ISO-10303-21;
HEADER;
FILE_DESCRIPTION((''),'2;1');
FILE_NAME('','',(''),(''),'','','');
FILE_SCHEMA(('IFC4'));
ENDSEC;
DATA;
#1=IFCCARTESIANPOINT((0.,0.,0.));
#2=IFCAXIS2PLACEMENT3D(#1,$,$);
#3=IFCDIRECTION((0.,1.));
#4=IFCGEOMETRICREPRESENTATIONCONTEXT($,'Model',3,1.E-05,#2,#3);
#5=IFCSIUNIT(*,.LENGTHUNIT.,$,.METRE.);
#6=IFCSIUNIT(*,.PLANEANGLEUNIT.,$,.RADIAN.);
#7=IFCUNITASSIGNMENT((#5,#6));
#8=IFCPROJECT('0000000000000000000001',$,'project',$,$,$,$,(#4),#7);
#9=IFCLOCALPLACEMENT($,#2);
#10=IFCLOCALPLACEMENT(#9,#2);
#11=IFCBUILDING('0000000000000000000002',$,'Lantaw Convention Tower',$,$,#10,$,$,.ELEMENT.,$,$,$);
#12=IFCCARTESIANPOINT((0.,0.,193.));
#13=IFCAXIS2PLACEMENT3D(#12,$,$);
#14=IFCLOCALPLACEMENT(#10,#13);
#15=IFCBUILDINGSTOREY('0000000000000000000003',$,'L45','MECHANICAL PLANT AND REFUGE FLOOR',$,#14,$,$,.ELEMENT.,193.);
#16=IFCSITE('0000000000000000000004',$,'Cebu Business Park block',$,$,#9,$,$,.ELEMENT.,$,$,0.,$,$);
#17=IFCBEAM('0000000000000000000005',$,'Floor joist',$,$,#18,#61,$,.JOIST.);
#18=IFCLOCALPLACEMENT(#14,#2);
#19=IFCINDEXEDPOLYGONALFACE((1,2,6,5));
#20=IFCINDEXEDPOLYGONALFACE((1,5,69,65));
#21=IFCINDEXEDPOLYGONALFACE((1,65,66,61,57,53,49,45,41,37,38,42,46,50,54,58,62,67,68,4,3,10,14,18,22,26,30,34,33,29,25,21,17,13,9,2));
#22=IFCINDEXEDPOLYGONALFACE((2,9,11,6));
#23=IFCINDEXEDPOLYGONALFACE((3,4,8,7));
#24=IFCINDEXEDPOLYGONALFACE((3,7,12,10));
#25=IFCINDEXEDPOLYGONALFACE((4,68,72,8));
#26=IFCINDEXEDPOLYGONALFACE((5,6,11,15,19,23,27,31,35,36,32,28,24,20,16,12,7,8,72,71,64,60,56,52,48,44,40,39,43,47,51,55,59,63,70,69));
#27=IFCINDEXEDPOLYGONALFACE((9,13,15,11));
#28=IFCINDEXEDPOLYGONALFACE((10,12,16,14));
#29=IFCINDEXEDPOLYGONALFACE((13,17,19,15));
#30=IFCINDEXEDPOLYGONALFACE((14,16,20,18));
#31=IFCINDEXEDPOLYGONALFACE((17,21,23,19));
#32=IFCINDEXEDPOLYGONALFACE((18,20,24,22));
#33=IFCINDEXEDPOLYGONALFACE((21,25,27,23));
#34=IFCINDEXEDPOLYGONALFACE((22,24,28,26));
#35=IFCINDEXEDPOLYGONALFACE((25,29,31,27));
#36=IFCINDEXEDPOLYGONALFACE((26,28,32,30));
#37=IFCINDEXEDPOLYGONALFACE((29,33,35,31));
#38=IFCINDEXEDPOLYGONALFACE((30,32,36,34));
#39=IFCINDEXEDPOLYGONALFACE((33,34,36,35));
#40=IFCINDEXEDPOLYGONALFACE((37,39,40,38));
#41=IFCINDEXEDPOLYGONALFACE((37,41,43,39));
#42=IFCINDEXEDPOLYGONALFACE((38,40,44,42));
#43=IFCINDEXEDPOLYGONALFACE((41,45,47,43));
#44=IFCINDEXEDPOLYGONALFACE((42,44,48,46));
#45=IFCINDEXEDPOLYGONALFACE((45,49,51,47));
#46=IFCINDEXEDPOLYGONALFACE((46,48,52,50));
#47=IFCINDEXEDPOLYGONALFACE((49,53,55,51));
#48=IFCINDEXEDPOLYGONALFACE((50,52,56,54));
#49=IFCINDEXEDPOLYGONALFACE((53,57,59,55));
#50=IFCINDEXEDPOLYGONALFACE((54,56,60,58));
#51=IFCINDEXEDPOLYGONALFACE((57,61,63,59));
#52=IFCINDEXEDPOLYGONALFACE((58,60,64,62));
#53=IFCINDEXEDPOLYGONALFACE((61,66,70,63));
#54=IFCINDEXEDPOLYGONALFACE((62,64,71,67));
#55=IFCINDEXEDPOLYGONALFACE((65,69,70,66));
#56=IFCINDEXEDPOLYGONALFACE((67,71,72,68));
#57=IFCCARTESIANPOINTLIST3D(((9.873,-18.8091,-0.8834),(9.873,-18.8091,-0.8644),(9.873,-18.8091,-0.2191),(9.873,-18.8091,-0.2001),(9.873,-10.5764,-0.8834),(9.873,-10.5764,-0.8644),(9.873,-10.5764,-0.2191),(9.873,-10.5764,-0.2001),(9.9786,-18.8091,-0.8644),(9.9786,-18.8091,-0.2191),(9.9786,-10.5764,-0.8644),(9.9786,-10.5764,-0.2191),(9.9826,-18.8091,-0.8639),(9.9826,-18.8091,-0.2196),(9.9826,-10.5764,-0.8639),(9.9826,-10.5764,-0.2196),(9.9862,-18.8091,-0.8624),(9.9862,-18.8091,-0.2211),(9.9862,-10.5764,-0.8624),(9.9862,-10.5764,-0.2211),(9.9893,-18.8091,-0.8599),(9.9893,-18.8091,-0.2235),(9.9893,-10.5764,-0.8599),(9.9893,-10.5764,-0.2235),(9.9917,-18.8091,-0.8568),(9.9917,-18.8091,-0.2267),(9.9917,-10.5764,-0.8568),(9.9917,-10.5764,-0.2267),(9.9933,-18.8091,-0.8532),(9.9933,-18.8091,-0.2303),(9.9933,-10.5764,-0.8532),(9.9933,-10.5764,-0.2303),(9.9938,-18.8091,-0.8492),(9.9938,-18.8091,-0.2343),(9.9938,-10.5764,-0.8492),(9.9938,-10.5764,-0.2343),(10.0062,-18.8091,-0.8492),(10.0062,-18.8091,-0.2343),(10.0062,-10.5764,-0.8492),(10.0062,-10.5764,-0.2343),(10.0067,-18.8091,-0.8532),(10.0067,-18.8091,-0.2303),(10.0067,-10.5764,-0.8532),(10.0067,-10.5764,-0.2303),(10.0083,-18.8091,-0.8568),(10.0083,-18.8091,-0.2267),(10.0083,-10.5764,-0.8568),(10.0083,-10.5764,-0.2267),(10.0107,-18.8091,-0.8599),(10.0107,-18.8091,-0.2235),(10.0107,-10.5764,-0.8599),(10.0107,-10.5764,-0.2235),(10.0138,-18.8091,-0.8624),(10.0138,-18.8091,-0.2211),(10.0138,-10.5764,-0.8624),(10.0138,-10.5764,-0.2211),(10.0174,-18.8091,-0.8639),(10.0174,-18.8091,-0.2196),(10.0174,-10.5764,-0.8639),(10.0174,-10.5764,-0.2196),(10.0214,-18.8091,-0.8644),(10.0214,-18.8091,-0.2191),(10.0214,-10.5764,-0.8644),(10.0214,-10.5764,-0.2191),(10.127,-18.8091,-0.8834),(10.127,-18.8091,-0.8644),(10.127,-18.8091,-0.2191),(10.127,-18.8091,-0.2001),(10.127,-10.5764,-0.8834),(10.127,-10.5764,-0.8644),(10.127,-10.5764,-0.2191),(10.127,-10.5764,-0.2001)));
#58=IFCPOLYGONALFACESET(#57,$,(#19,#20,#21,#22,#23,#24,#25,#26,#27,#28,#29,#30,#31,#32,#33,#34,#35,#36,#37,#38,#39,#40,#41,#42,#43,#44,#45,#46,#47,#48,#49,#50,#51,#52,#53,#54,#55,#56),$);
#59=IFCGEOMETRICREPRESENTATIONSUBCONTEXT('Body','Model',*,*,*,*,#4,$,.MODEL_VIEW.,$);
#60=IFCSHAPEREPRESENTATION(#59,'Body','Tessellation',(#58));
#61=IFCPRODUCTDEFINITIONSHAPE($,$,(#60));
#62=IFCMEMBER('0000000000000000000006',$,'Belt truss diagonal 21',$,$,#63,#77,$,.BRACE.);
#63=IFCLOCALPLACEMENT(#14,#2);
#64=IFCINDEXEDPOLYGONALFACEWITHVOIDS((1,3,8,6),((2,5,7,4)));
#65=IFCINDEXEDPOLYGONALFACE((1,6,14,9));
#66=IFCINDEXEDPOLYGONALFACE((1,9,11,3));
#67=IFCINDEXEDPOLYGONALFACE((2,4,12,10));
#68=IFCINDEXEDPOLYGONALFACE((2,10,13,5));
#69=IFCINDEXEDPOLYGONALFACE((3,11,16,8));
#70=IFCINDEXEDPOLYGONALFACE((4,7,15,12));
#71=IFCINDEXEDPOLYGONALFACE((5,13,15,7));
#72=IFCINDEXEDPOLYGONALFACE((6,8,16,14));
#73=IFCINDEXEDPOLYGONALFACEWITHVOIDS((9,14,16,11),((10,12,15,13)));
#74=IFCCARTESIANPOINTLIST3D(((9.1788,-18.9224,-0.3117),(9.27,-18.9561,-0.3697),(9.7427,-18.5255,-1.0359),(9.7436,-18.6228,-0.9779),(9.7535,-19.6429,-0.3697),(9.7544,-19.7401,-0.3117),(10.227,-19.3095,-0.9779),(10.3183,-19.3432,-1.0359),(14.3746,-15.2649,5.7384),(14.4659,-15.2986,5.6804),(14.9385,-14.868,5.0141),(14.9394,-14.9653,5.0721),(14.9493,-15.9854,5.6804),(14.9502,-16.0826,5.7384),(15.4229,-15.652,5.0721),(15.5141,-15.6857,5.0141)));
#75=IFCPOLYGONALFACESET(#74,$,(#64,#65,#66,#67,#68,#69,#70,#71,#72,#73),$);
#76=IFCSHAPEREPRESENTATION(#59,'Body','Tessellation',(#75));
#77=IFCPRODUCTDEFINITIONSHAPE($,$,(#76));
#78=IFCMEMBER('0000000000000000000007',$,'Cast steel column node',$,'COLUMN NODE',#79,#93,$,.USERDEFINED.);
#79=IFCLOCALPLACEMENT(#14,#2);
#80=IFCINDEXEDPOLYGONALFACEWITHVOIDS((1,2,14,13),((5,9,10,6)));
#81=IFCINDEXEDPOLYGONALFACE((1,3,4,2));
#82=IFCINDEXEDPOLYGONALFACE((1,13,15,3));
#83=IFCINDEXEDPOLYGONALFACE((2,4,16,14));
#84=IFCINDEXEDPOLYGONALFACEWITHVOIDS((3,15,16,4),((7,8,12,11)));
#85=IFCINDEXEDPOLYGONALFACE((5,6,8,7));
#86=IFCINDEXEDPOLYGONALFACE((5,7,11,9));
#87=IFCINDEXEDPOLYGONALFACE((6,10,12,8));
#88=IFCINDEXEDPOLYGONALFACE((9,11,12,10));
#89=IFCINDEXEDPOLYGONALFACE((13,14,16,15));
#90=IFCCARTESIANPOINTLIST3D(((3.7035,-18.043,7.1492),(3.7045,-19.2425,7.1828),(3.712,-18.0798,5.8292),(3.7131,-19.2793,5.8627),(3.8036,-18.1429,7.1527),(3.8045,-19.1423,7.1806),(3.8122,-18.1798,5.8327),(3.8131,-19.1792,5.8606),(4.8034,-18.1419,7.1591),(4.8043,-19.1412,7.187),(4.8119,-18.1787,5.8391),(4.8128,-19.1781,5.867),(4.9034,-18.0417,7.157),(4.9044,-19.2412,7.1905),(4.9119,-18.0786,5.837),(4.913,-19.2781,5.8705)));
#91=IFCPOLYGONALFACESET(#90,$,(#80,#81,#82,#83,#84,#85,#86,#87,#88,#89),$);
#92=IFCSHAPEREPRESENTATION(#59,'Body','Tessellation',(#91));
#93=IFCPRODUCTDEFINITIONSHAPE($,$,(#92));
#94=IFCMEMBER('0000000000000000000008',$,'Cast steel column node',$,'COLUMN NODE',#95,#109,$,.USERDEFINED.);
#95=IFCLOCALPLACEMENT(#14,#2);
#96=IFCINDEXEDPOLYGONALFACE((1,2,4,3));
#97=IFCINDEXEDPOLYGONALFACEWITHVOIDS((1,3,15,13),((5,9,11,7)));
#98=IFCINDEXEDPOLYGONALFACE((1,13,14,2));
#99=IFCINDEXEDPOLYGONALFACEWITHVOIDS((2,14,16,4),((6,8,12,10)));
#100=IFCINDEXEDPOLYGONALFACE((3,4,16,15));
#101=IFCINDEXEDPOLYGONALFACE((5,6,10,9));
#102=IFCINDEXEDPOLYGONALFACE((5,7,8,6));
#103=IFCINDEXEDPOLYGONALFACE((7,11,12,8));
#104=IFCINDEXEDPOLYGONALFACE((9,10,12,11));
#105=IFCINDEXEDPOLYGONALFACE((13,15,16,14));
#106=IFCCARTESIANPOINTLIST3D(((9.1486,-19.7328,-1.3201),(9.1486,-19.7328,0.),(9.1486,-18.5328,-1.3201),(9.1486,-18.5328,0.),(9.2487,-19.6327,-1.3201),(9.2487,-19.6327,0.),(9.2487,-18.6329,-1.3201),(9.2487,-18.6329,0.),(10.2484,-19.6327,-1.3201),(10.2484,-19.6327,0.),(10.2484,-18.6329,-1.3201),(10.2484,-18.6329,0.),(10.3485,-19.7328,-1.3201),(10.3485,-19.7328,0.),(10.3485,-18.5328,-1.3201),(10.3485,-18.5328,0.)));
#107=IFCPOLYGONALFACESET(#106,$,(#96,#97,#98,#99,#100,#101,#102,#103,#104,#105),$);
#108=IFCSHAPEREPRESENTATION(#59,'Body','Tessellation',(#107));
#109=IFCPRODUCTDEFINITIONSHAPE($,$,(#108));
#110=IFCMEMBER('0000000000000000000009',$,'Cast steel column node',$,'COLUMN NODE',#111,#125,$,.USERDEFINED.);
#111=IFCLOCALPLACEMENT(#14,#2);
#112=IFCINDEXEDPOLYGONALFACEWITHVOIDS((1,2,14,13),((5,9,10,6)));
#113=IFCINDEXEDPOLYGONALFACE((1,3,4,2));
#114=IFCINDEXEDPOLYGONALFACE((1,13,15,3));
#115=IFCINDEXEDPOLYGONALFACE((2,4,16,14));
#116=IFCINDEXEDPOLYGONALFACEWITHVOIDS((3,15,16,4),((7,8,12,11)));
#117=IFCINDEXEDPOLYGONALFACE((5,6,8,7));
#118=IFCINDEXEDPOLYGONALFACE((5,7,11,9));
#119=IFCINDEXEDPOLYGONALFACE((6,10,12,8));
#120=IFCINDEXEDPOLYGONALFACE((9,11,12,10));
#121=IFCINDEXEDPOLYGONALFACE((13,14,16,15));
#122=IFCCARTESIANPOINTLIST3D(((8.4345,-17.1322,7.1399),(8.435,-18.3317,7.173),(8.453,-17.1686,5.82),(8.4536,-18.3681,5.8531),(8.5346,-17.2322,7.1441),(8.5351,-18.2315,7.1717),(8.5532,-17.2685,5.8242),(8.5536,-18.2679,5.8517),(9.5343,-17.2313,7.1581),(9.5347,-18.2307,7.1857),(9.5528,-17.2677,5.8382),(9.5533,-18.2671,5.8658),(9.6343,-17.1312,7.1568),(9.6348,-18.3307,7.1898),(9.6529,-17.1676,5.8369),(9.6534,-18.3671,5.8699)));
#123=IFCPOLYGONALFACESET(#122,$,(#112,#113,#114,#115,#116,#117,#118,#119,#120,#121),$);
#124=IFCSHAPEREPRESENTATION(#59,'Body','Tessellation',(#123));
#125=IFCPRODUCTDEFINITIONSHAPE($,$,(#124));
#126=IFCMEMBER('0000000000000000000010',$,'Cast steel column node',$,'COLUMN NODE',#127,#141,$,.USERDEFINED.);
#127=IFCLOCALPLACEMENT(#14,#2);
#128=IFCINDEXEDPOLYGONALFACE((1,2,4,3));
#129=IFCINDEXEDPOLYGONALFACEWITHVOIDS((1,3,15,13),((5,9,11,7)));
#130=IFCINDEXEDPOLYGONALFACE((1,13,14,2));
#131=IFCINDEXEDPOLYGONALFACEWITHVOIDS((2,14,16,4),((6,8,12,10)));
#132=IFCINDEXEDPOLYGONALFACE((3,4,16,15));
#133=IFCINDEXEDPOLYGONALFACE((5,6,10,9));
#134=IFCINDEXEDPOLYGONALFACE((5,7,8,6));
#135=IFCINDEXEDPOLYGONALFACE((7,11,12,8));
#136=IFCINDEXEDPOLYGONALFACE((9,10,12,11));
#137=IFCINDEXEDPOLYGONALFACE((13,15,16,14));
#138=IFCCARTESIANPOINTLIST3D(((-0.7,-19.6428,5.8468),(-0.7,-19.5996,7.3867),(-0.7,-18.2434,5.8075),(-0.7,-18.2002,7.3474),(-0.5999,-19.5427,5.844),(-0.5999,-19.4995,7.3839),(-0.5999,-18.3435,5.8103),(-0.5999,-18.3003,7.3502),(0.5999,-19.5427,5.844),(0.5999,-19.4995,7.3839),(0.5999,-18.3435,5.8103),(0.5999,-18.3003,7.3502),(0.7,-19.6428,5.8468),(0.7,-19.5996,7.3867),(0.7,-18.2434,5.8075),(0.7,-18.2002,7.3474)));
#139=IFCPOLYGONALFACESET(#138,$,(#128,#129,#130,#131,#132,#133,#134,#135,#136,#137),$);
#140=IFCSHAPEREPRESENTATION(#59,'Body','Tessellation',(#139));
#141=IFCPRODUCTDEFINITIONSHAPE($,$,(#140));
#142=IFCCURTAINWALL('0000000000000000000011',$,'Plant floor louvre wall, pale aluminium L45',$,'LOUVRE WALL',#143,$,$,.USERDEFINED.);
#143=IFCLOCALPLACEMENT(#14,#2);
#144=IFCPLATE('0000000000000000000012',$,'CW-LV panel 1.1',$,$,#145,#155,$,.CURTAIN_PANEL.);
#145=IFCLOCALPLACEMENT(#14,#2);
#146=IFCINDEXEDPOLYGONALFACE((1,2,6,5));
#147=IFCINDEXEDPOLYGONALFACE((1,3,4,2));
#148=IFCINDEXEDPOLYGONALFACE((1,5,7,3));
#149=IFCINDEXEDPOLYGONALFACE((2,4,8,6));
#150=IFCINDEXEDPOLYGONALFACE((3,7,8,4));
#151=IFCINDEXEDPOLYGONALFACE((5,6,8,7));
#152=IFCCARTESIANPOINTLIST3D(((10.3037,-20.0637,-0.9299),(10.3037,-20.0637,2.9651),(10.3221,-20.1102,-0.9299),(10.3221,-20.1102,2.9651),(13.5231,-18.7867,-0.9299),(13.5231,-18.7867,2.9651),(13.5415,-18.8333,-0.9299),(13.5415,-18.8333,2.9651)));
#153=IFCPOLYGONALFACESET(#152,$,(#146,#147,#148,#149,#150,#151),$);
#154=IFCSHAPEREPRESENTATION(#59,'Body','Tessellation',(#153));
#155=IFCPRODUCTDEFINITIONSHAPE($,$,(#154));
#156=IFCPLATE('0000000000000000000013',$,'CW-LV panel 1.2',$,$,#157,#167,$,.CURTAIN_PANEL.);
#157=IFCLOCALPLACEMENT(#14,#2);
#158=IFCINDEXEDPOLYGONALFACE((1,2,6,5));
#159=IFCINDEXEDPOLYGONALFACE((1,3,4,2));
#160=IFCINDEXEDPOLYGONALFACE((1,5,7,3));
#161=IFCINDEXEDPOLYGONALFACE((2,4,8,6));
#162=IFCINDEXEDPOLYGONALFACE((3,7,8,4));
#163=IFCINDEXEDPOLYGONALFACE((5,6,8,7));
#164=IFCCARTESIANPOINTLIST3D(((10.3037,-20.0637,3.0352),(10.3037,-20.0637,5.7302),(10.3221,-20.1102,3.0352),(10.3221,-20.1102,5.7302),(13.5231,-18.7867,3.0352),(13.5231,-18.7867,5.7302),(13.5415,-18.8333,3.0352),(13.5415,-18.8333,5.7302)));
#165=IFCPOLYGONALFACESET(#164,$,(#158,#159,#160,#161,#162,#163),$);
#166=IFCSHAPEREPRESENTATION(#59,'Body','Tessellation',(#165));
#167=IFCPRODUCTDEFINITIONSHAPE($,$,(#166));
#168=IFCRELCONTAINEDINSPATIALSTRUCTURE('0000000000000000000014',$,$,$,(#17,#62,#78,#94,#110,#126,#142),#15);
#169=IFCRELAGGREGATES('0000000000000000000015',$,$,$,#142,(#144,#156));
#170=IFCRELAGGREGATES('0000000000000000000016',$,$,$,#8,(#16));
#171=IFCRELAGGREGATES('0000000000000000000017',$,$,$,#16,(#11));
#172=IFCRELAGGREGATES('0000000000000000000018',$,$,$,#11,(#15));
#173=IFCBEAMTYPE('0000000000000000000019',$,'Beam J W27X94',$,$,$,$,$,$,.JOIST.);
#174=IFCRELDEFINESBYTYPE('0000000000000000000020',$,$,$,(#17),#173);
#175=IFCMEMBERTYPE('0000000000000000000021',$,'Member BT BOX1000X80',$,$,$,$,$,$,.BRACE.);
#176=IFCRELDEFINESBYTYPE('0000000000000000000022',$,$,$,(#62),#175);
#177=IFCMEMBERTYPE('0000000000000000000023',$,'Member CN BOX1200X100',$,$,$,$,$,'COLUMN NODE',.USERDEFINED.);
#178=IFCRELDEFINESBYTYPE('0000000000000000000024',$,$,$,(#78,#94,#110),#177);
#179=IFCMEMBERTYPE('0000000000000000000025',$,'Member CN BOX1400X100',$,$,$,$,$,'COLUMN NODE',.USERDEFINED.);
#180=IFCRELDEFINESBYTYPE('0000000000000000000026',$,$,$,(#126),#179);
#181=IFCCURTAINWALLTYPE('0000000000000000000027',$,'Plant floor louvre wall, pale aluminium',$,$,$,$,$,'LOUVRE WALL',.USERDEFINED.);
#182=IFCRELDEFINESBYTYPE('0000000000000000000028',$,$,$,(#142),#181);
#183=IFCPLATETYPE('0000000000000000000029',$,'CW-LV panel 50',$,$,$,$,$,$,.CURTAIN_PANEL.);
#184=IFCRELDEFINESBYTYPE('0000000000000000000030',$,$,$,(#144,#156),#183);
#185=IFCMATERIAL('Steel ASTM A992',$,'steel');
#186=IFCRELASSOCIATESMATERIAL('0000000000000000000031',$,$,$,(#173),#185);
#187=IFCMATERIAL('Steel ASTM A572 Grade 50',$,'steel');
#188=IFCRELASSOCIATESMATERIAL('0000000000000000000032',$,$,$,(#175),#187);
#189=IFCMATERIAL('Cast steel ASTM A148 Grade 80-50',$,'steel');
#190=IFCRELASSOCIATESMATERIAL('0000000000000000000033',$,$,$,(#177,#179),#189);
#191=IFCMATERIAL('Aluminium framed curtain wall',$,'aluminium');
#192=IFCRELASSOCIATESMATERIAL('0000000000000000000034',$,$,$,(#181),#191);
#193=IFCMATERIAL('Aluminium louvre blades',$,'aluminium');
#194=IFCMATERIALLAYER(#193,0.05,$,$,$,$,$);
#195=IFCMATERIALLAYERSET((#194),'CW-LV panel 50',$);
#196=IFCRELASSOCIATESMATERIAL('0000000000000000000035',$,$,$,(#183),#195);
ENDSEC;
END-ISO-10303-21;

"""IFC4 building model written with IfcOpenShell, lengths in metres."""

from ifc_helpers import new_model, si_unit, direction, frame, origin, origin_2d, place, context, subcontext, project, spatial, rectangle, hollow_rectangle, i_section, extrude, material, layer, layer_set, material_profile, profile_set, type_object, element, aggregate, save


model = new_model("IFC4")

# Units and contexts
model_context = context("Model", 3, precision=1e-05, world=origin(), true_north=direction((0.0, 1.0)))
body_context = subcontext(model_context, "Body", "Model", "MODEL_VIEW")
ifc_project = project(units=[si_unit("LENGTHUNIT", "METRE"), si_unit("PLANEANGLEUNIT", "RADIAN")], contexts=[model_context])

# Site, building, storey
site_placement = place(None, origin())
site = spatial("IfcSite", under=ifc_project, at=site_placement, Name="Cebu Business Park block", CompositionType="ELEMENT", RefElevation=0.0)
building_placement = place(site_placement, origin())
building = spatial("IfcBuilding", under=site, at=building_placement, Name="Lantaw Convention Tower", CompositionType="ELEMENT")
storey_placement = place(building_placement, frame((0.0, 0.0, 193.0)))
storey = spatial("IfcBuildingStorey", under=building, at=storey_placement, Name="L45", Description="MECHANICAL PLANT AND REFUGE FLOOR", CompositionType="ELEMENT", Elevation=193.0)

# Beam
ifc_material_1 = material(Name="Steel ASTM A992", Category="steel")
ifc_material_profile_1 = material_profile(ifc_material_1, i_section(OverallWidth=0.2539, OverallDepth=0.6833, WebThickness=0.0125, FlangeThickness=0.019, FilletRadius=0.0151, at=origin_2d()), Name="W27X94")
ifc_profile_set_1 = profile_set([ifc_material_profile_1], Name="Steel ASTM A992")
beam_type_1 = type_object("IfcBeamType", Name="Beam J W27X94", PredefinedType="JOIST", material=ifc_profile_set_1)
beam_1_placement = place(storey_placement, frame((10.0, -18.8091, -0.5417), z_axis=(0.0, 1.0, 0.0), x_axis=(-1.0, 0.0, 0.0)))
element("IfcBeam", 1, at=beam_1_placement, inside=storey, type_object=beam_type_1, Name="Floor joist", PredefinedType="JOIST", context=body_context, shape_type="SweptSolid", body=[
    extrude(i_section(OverallWidth=0.2539, OverallDepth=0.6833, WebThickness=0.0125, FlangeThickness=0.019, FilletRadius=0.0151, at=origin_2d()), origin(), (0.0, 0.0, 1.0), 8.2327),
])

# Members
ifc_material_2 = material(Name="Steel ASTM A572 Grade 50", Category="steel")
ifc_material_profile_2 = material_profile(ifc_material_2, hollow_rectangle(XDim=1.0, YDim=1.0, WallThickness=0.0801, at=origin_2d()), Name="BOX1000X80")
ifc_profile_set_2 = profile_set([ifc_material_profile_2], Name="Steel ASTM A572 Grade 50")
member_type_1 = type_object("IfcMemberType", Name="Member BT BOX1000X80", PredefinedType="BRACE", material=ifc_profile_set_2)
member_1_placement = place(storey_placement, frame((9.7485, -19.1328, -0.6738), z_axis=(0.592207, 0.416871, 0.689572), x_axis=(-0.575616, 0.81772, 0.0)))
element("IfcMember", 2, at=member_1_placement, inside=storey, type_object=member_type_1, Name="Belt truss diagonal 21", PredefinedType="BRACE", context=body_context, shape_type="SweptSolid", body=[
    extrude(hollow_rectangle(XDim=1.0, YDim=1.0, WallThickness=0.0801, at=origin_2d()), origin(), (0.0, 0.0, 1.0), 8.7737),
])
ifc_material_3 = material(Name="Cast steel ASTM A148 Grade 80-50", Category="steel")
ifc_material_profile_3 = material_profile(ifc_material_3, hollow_rectangle(XDim=1.2, YDim=1.2, WallThickness=0.1001, at=origin_2d()), Name="BOX1200X100")
ifc_profile_set_3 = profile_set([ifc_material_profile_3], Name="Cast steel ASTM A148 Grade 80-50")
member_type_2 = type_object("IfcMemberType", Name="Member CN BOX1200X100", ElementType="COLUMN NODE", PredefinedType="USERDEFINED", material=ifc_profile_set_3)
member_2_placement = place(storey_placement, frame((4.3125, -18.679, 5.8499), z_axis=(-0.00647, 0.027915, 0.999589), x_axis=(0.999979, 0.001061, 0.006443)))
element("IfcMember", 3, at=member_2_placement, inside=storey, type_object=member_type_2, Name="Cast steel column node", ObjectType="COLUMN NODE", PredefinedType="USERDEFINED", context=body_context, shape_type="SweptSolid", body=[
    extrude(hollow_rectangle(XDim=1.2, YDim=1.2, WallThickness=0.1001, at=origin_2d()), origin(), (0.0, 0.0, 1.0), 1.3206),
])
member_3_placement = place(storey_placement, frame((9.7485, -19.1328, -1.3201), z_axis=(0.0, 0.0, 1.0), x_axis=(1.0, 0.0, 0.0)))
element("IfcMember", 4, at=member_3_placement, inside=storey, type_object=member_type_2, Name="Cast steel column node", ObjectType="COLUMN NODE", PredefinedType="USERDEFINED", context=body_context, shape_type="SweptSolid", body=[
    extrude(hollow_rectangle(XDim=1.2, YDim=1.2, WallThickness=0.1001, at=origin_2d()), origin(), (0.0, 0.0, 1.0), 1.3201),
])
member_4_placement = place(storey_placement, frame((9.0532, -17.7678, 5.845), z_axis=(-0.014052, 0.027549, 0.999522), x_axis=(0.999901, 0.000828, 0.014034)))
element("IfcMember", 5, at=member_4_placement, inside=storey, type_object=member_type_2, Name="Cast steel column node", ObjectType="COLUMN NODE", PredefinedType="USERDEFINED", context=body_context, shape_type="SweptSolid", body=[
    extrude(hollow_rectangle(XDim=1.2, YDim=1.2, WallThickness=0.1001, at=origin_2d()), origin(), (0.0, 0.0, 1.0), 1.3206),
])
ifc_material_profile_4 = material_profile(ifc_material_3, hollow_rectangle(XDim=1.3999, YDim=1.3999, WallThickness=0.1001, at=origin_2d()), Name="BOX1400X100")
ifc_profile_set_4 = profile_set([ifc_material_profile_4], Name="Cast steel ASTM A148 Grade 80-50")
member_type_3 = type_object("IfcMemberType", Name="Member CN BOX1400X100", ElementType="COLUMN NODE", PredefinedType="USERDEFINED", material=ifc_profile_set_4)
member_5_placement = place(storey_placement, frame((0.0, -18.9431, 5.8271), z_axis=(0.0, 0.028049, 0.999607), x_axis=(1.0, 0.0, 0.0)))
element("IfcMember", 6, at=member_5_placement, inside=storey, type_object=member_type_3, Name="Cast steel column node", ObjectType="COLUMN NODE", PredefinedType="USERDEFINED", context=body_context, shape_type="SweptSolid", body=[
    extrude(hollow_rectangle(XDim=1.3999, YDim=1.3999, WallThickness=0.1001, at=origin_2d()), origin(), (0.0, 0.0, 1.0), 1.5405),
])

# Curtain wall, plates
ifc_material_4 = material(Name="Aluminium framed curtain wall", Category="aluminium")
curtain_wall_type = type_object("IfcCurtainWallType", Name="Plant floor louvre wall, pale aluminium", ElementType="LOUVRE WALL", PredefinedType="USERDEFINED", material=ifc_material_4)
curtain_wall_placement = place(storey_placement, origin())
curtain_wall = element("IfcCurtainWall", 7, at=curtain_wall_placement, inside=storey, type_object=curtain_wall_type, Name="Plant floor louvre wall, pale aluminium L45", ObjectType="LOUVRE WALL", PredefinedType="USERDEFINED")
ifc_material_5 = material(Name="Aluminium louvre blades", Category="aluminium")
ifc_layer_1 = layer(ifc_material_5, 0.05)
ifc_layer_set_1 = layer_set([ifc_layer_1], Name="CW-LV panel 50")
plate_type = type_object("IfcPlateType", Name="CW-LV panel 50", PredefinedType="CURTAIN_PANEL", material=ifc_layer_set_1)
plate_1_placement = place(storey_placement, frame((11.9226, -19.4485, -0.9299), z_axis=(0.0, 0.0, 1.0), x_axis=(0.929548, 0.368702, 0.0)))
plate_1 = element("IfcPlate", 8, at=plate_1_placement, type_object=plate_type, Name="CW-LV panel 1.1", PredefinedType="CURTAIN_PANEL", context=body_context, shape_type="SweptSolid", body=[
    extrude(rectangle(XDim=3.4634, YDim=0.05, at=origin_2d()), origin(), (0.0, 0.0, 1.0), 3.895),
])
plate_2_placement = place(storey_placement, frame((11.9226, -19.4485, 3.0352), z_axis=(0.0, 0.0, 1.0), x_axis=(0.929548, 0.368702, 0.0)))
plate_2 = element("IfcPlate", 9, at=plate_2_placement, type_object=plate_type, Name="CW-LV panel 1.2", PredefinedType="CURTAIN_PANEL", context=body_context, shape_type="SweptSolid", body=[
    extrude(rectangle(XDim=3.4634, YDim=0.05, at=origin_2d()), origin(), (0.0, 0.0, 1.0), 2.6951),
])
aggregate(curtain_wall, [plate_1, plate_2])

save(model, "model.ifc")
